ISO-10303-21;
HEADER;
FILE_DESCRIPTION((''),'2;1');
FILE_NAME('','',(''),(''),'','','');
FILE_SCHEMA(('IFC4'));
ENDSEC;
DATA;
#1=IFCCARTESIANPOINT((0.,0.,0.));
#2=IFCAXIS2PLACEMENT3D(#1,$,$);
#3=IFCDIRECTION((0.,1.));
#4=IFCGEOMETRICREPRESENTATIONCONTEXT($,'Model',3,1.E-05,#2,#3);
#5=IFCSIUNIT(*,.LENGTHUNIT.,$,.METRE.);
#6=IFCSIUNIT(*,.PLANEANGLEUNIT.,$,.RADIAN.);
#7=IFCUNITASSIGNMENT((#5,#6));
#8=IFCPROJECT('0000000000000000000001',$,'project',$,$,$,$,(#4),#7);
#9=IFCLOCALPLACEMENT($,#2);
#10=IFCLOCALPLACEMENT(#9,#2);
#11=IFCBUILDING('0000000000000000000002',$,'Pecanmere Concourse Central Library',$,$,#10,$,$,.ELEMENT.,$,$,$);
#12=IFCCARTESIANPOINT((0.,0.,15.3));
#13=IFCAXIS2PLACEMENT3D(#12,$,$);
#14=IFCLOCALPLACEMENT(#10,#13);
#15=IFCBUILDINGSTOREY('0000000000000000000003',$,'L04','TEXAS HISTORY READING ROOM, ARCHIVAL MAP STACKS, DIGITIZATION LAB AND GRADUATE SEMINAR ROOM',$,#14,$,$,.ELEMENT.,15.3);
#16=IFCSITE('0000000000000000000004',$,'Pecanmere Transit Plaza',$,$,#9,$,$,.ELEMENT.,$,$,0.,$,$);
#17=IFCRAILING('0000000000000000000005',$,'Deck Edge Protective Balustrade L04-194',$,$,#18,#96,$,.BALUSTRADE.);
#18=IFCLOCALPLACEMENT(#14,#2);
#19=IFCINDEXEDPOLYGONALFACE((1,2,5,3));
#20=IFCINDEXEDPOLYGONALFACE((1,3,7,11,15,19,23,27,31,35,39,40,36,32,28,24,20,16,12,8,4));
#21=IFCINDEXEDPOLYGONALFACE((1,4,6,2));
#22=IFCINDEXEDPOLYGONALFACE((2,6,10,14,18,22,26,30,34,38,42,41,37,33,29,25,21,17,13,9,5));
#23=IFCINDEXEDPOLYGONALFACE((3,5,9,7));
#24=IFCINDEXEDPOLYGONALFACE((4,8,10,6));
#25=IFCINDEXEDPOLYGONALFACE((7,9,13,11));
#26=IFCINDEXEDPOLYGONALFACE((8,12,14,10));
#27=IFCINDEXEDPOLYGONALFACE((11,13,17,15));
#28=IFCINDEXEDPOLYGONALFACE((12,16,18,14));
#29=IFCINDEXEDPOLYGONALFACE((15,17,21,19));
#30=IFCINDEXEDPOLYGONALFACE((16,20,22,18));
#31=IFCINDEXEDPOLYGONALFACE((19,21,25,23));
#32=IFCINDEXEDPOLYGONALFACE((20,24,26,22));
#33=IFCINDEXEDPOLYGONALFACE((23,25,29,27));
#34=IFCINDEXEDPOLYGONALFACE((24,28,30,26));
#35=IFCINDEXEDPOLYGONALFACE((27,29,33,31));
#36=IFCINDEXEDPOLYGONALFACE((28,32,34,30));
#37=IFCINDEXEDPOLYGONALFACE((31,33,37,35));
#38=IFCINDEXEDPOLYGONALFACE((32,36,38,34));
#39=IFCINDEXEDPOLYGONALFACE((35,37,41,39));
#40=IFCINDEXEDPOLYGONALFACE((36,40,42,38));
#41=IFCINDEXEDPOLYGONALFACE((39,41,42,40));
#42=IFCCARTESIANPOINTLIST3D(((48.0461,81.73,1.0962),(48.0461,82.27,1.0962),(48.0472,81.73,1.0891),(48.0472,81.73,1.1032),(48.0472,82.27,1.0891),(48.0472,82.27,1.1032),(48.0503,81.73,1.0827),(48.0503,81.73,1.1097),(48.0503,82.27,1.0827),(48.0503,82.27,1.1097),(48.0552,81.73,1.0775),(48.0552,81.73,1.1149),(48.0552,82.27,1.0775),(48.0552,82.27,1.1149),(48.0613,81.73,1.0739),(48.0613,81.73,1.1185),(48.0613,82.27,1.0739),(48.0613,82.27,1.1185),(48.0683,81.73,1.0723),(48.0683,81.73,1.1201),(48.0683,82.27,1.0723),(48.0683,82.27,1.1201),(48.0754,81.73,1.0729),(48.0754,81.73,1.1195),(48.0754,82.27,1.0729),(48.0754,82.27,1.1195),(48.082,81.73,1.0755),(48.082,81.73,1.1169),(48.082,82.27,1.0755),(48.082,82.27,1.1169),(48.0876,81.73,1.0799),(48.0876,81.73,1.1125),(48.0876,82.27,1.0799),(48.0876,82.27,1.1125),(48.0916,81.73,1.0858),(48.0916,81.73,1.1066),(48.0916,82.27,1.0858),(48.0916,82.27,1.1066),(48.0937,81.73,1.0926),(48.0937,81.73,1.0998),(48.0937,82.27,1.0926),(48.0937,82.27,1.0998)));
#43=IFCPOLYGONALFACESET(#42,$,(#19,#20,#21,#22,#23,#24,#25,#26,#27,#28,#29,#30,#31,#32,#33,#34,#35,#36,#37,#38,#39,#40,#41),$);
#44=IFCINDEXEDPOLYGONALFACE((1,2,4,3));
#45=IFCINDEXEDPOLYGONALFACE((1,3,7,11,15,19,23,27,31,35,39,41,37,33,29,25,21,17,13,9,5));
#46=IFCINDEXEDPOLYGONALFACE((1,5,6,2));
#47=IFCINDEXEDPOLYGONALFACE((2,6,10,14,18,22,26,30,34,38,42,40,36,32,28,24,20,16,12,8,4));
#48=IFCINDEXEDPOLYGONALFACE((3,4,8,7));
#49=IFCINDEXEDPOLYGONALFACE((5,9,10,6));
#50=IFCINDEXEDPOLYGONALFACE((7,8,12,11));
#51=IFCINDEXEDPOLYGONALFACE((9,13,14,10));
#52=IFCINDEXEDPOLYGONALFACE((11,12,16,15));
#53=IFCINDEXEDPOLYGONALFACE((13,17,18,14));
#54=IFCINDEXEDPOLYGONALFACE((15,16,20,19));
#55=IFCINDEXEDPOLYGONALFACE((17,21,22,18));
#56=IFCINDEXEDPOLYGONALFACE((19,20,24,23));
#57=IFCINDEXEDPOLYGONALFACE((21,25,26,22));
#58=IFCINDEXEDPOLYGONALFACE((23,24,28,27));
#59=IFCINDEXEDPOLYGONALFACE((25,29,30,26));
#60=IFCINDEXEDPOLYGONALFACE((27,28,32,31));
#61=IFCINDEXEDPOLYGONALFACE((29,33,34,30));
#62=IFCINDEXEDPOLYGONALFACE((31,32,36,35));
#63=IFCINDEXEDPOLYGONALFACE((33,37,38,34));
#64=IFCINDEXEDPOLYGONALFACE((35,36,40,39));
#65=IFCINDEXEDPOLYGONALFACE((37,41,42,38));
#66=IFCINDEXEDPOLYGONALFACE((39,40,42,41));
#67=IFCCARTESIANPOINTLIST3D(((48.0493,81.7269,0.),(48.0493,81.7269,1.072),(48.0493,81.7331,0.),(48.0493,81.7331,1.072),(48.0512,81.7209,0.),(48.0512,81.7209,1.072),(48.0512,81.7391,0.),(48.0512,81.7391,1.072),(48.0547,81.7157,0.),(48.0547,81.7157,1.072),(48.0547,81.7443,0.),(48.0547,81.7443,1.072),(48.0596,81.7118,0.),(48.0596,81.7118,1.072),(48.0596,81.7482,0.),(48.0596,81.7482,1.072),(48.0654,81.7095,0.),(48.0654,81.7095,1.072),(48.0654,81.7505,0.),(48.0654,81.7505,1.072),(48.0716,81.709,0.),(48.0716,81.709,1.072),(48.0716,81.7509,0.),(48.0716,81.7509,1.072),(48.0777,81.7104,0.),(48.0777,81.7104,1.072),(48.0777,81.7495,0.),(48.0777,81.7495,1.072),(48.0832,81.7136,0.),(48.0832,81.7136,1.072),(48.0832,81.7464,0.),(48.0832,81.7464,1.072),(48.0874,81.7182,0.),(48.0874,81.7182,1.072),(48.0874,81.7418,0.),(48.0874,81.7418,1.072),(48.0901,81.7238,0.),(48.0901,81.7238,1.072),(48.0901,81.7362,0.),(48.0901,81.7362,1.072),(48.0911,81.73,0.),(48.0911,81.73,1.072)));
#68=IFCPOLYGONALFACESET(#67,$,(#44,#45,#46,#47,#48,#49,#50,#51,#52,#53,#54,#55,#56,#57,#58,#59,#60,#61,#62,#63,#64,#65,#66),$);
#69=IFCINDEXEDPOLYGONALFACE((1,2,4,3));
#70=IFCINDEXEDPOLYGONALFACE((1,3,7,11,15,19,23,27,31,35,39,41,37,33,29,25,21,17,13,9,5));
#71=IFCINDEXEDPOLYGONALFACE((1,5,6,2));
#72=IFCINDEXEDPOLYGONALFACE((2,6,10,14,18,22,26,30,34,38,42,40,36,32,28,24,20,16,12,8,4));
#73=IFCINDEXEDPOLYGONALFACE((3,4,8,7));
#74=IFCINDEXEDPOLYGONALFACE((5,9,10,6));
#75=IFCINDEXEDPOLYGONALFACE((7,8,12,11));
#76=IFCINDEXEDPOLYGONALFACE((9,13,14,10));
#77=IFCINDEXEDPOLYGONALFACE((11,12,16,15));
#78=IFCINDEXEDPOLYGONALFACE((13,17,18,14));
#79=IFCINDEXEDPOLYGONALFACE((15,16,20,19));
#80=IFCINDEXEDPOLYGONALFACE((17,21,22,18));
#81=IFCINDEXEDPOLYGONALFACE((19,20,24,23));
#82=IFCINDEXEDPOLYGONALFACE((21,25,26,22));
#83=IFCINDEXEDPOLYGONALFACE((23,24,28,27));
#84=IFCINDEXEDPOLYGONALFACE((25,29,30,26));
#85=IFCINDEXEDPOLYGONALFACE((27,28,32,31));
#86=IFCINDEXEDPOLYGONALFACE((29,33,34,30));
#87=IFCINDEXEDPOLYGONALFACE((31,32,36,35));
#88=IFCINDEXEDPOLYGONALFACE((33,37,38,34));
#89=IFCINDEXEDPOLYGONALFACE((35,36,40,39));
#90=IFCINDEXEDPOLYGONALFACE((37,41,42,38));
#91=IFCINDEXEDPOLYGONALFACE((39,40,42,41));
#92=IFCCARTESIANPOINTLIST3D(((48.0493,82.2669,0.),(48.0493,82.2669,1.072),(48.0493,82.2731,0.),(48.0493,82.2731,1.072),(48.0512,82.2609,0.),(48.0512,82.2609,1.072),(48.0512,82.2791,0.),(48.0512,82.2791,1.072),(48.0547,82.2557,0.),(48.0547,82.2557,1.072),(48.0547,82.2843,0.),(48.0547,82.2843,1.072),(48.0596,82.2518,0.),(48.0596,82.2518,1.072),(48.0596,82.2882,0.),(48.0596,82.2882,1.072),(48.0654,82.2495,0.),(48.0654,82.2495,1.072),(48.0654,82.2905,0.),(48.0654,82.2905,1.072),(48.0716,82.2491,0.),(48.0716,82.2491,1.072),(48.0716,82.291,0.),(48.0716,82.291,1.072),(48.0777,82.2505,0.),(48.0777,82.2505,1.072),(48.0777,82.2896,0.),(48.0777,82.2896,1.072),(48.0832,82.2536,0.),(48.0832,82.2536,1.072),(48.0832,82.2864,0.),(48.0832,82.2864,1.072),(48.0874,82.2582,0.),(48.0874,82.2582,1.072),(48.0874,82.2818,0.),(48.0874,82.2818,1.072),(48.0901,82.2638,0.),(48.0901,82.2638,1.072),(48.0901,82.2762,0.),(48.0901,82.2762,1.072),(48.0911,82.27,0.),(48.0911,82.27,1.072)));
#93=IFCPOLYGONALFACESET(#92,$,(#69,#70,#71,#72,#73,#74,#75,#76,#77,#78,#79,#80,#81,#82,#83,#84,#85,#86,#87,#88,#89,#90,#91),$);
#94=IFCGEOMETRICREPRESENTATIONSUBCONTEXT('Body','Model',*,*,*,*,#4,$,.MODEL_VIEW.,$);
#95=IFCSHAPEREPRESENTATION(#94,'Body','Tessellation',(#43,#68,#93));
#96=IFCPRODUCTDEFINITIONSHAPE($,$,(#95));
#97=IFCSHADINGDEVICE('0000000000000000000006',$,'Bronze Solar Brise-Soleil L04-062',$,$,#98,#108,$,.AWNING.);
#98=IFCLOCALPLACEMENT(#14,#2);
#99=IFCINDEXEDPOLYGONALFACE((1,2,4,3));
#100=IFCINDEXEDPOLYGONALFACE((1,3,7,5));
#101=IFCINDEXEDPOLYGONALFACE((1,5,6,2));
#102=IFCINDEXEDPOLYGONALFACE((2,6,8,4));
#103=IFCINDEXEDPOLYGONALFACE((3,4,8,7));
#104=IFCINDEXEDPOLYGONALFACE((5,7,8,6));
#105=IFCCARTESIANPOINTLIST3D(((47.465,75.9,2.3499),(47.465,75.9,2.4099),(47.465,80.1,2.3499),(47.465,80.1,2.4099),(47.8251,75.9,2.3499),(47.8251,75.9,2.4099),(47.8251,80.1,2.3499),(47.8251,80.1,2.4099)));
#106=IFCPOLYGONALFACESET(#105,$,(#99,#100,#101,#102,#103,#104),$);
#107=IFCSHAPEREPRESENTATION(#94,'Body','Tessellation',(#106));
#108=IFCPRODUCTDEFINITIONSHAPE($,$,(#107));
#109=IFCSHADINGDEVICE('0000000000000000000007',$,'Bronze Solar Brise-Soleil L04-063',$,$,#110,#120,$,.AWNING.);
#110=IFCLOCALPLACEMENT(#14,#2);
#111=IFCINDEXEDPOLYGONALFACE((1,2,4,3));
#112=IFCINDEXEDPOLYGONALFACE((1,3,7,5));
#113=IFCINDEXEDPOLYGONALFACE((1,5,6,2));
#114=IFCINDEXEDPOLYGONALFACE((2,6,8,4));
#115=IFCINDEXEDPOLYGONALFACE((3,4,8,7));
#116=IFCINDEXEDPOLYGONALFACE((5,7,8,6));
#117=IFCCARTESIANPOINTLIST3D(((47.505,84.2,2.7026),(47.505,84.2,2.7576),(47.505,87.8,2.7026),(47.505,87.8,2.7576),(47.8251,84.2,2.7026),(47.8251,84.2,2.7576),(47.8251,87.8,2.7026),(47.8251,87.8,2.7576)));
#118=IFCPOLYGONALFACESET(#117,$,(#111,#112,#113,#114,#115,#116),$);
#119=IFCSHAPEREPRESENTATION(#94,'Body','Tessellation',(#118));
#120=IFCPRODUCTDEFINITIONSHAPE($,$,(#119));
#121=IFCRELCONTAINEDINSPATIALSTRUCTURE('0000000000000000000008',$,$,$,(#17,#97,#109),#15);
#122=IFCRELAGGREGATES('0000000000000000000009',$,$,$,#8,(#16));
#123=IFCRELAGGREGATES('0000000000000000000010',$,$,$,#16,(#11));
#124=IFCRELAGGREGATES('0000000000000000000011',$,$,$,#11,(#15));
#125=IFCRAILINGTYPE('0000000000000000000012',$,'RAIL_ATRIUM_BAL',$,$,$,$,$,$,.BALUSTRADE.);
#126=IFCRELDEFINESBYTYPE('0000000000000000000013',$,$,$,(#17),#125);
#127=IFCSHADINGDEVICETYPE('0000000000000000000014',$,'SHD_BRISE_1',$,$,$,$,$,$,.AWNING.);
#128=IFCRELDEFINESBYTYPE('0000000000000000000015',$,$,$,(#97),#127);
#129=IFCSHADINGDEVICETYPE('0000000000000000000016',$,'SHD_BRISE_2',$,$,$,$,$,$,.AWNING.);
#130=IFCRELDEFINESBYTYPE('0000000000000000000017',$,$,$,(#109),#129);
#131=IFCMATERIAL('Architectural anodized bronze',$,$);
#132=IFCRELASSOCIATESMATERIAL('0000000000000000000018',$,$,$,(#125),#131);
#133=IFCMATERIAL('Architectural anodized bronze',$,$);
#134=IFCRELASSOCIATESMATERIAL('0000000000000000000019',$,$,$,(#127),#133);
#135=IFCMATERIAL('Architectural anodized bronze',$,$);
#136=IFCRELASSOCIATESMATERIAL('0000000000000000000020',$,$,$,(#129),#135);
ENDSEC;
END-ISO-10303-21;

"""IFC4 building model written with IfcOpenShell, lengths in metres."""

from ifc_helpers import new_model, si_unit, direction, frame, origin, origin_2d, place, context, subcontext, project, spatial, rectangle, circle, extrude, material, type_object, element, save


model = new_model("IFC4")

# Units and contexts
model_context = context("Model", 3, precision=1e-05, world=origin(), true_north=direction((0.0, 1.0)))
body_context = subcontext(model_context, "Body", "Model", "MODEL_VIEW")
ifc_project = project(units=[si_unit("LENGTHUNIT", "METRE"), si_unit("PLANEANGLEUNIT", "RADIAN")], contexts=[model_context])

# Site, building, storey
site_placement = place(None, origin())
site = spatial("IfcSite", under=ifc_project, at=site_placement, Name="Pecanmere Transit Plaza", CompositionType="ELEMENT", RefElevation=0.0)
building_placement = place(site_placement, origin())
building = spatial("IfcBuilding", under=site, at=building_placement, Name="Pecanmere Concourse Central Library", CompositionType="ELEMENT")
storey_placement = place(building_placement, frame((0.0, 0.0, 15.3)))
storey = spatial("IfcBuildingStorey", under=building, at=storey_placement, Name="L04", Description="TEXAS HISTORY READING ROOM, ARCHIVAL MAP STACKS, DIGITIZATION LAB AND GRADUATE SEMINAR ROOM", CompositionType="ELEMENT", Elevation=15.3)

# Railing
ifc_material_1 = material(Name="Architectural anodized bronze")
railing_type = type_object("IfcRailingType", Name="RAIL_ATRIUM_BAL", PredefinedType="BALUSTRADE", material=ifc_material_1)
railing_1_placement = place(storey_placement, frame((48.0701, 81.73, 0.0)))
element("IfcRailing", 1, at=railing_1_placement, inside=storey, type_object=railing_type, Name="Deck Edge Protective Balustrade L04-194", PredefinedType="BALUSTRADE", context=body_context, shape_type="SweptSolid", body=[
    extrude(circle(Radius=0.0239, at=origin_2d()), frame((0.0, 0.0, 1.0962), z_axis=(0.0, 1.0, 0.0), x_axis=(-1.0, 0.0, 0.0)), (0.0, 0.0, 1.0), 0.54),
    extrude(circle(Radius=0.021, at=origin_2d()), origin(), (0.0, 0.0, 1.0), 1.072),
    extrude(circle(Radius=0.021, at=origin_2d()), frame((0.0, 0.54, 0.0)), (0.0, 0.0, 1.0), 1.072),
])

# Shading devices
ifc_material_2 = material(Name="Architectural anodized bronze")
shading_device_type_1 = type_object("IfcShadingDeviceType", Name="SHD_BRISE_1", PredefinedType="AWNING", material=ifc_material_2)
shading_device_1_placement = place(storey_placement, frame((47.645, 78.0, 2.3499), z_axis=(0.0, 0.0, 1.0), x_axis=(0.0, -1.0, 0.0)))
element("IfcShadingDevice", 2, at=shading_device_1_placement, inside=storey, type_object=shading_device_type_1, Name="Bronze Solar Brise-Soleil L04-062", PredefinedType="AWNING", context=body_context, shape_type="SweptSolid", body=[
    extrude(rectangle(XDim=4.2, YDim=0.3601, at=origin_2d()), origin(), (0.0, 0.0, 1.0), 0.0601),
])
ifc_material_3 = material(Name="Architectural anodized bronze")
shading_device_type_2 = type_object("IfcShadingDeviceType", Name="SHD_BRISE_2", PredefinedType="AWNING", material=ifc_material_3)
shading_device_2_placement = place(storey_placement, frame((47.665, 86.0, 2.7026), z_axis=(0.0, 0.0, 1.0), x_axis=(0.0, -1.0, 0.0)))
element("IfcShadingDevice", 3, at=shading_device_2_placement, inside=storey, type_object=shading_device_type_2, Name="Bronze Solar Brise-Soleil L04-063", PredefinedType="AWNING", context=body_context, shape_type="SweptSolid", body=[
    extrude(rectangle(XDim=3.6001, YDim=0.3201, at=origin_2d()), origin(), (0.0, 0.0, 1.0), 0.0549),
])

save(model, "model.ifc")
